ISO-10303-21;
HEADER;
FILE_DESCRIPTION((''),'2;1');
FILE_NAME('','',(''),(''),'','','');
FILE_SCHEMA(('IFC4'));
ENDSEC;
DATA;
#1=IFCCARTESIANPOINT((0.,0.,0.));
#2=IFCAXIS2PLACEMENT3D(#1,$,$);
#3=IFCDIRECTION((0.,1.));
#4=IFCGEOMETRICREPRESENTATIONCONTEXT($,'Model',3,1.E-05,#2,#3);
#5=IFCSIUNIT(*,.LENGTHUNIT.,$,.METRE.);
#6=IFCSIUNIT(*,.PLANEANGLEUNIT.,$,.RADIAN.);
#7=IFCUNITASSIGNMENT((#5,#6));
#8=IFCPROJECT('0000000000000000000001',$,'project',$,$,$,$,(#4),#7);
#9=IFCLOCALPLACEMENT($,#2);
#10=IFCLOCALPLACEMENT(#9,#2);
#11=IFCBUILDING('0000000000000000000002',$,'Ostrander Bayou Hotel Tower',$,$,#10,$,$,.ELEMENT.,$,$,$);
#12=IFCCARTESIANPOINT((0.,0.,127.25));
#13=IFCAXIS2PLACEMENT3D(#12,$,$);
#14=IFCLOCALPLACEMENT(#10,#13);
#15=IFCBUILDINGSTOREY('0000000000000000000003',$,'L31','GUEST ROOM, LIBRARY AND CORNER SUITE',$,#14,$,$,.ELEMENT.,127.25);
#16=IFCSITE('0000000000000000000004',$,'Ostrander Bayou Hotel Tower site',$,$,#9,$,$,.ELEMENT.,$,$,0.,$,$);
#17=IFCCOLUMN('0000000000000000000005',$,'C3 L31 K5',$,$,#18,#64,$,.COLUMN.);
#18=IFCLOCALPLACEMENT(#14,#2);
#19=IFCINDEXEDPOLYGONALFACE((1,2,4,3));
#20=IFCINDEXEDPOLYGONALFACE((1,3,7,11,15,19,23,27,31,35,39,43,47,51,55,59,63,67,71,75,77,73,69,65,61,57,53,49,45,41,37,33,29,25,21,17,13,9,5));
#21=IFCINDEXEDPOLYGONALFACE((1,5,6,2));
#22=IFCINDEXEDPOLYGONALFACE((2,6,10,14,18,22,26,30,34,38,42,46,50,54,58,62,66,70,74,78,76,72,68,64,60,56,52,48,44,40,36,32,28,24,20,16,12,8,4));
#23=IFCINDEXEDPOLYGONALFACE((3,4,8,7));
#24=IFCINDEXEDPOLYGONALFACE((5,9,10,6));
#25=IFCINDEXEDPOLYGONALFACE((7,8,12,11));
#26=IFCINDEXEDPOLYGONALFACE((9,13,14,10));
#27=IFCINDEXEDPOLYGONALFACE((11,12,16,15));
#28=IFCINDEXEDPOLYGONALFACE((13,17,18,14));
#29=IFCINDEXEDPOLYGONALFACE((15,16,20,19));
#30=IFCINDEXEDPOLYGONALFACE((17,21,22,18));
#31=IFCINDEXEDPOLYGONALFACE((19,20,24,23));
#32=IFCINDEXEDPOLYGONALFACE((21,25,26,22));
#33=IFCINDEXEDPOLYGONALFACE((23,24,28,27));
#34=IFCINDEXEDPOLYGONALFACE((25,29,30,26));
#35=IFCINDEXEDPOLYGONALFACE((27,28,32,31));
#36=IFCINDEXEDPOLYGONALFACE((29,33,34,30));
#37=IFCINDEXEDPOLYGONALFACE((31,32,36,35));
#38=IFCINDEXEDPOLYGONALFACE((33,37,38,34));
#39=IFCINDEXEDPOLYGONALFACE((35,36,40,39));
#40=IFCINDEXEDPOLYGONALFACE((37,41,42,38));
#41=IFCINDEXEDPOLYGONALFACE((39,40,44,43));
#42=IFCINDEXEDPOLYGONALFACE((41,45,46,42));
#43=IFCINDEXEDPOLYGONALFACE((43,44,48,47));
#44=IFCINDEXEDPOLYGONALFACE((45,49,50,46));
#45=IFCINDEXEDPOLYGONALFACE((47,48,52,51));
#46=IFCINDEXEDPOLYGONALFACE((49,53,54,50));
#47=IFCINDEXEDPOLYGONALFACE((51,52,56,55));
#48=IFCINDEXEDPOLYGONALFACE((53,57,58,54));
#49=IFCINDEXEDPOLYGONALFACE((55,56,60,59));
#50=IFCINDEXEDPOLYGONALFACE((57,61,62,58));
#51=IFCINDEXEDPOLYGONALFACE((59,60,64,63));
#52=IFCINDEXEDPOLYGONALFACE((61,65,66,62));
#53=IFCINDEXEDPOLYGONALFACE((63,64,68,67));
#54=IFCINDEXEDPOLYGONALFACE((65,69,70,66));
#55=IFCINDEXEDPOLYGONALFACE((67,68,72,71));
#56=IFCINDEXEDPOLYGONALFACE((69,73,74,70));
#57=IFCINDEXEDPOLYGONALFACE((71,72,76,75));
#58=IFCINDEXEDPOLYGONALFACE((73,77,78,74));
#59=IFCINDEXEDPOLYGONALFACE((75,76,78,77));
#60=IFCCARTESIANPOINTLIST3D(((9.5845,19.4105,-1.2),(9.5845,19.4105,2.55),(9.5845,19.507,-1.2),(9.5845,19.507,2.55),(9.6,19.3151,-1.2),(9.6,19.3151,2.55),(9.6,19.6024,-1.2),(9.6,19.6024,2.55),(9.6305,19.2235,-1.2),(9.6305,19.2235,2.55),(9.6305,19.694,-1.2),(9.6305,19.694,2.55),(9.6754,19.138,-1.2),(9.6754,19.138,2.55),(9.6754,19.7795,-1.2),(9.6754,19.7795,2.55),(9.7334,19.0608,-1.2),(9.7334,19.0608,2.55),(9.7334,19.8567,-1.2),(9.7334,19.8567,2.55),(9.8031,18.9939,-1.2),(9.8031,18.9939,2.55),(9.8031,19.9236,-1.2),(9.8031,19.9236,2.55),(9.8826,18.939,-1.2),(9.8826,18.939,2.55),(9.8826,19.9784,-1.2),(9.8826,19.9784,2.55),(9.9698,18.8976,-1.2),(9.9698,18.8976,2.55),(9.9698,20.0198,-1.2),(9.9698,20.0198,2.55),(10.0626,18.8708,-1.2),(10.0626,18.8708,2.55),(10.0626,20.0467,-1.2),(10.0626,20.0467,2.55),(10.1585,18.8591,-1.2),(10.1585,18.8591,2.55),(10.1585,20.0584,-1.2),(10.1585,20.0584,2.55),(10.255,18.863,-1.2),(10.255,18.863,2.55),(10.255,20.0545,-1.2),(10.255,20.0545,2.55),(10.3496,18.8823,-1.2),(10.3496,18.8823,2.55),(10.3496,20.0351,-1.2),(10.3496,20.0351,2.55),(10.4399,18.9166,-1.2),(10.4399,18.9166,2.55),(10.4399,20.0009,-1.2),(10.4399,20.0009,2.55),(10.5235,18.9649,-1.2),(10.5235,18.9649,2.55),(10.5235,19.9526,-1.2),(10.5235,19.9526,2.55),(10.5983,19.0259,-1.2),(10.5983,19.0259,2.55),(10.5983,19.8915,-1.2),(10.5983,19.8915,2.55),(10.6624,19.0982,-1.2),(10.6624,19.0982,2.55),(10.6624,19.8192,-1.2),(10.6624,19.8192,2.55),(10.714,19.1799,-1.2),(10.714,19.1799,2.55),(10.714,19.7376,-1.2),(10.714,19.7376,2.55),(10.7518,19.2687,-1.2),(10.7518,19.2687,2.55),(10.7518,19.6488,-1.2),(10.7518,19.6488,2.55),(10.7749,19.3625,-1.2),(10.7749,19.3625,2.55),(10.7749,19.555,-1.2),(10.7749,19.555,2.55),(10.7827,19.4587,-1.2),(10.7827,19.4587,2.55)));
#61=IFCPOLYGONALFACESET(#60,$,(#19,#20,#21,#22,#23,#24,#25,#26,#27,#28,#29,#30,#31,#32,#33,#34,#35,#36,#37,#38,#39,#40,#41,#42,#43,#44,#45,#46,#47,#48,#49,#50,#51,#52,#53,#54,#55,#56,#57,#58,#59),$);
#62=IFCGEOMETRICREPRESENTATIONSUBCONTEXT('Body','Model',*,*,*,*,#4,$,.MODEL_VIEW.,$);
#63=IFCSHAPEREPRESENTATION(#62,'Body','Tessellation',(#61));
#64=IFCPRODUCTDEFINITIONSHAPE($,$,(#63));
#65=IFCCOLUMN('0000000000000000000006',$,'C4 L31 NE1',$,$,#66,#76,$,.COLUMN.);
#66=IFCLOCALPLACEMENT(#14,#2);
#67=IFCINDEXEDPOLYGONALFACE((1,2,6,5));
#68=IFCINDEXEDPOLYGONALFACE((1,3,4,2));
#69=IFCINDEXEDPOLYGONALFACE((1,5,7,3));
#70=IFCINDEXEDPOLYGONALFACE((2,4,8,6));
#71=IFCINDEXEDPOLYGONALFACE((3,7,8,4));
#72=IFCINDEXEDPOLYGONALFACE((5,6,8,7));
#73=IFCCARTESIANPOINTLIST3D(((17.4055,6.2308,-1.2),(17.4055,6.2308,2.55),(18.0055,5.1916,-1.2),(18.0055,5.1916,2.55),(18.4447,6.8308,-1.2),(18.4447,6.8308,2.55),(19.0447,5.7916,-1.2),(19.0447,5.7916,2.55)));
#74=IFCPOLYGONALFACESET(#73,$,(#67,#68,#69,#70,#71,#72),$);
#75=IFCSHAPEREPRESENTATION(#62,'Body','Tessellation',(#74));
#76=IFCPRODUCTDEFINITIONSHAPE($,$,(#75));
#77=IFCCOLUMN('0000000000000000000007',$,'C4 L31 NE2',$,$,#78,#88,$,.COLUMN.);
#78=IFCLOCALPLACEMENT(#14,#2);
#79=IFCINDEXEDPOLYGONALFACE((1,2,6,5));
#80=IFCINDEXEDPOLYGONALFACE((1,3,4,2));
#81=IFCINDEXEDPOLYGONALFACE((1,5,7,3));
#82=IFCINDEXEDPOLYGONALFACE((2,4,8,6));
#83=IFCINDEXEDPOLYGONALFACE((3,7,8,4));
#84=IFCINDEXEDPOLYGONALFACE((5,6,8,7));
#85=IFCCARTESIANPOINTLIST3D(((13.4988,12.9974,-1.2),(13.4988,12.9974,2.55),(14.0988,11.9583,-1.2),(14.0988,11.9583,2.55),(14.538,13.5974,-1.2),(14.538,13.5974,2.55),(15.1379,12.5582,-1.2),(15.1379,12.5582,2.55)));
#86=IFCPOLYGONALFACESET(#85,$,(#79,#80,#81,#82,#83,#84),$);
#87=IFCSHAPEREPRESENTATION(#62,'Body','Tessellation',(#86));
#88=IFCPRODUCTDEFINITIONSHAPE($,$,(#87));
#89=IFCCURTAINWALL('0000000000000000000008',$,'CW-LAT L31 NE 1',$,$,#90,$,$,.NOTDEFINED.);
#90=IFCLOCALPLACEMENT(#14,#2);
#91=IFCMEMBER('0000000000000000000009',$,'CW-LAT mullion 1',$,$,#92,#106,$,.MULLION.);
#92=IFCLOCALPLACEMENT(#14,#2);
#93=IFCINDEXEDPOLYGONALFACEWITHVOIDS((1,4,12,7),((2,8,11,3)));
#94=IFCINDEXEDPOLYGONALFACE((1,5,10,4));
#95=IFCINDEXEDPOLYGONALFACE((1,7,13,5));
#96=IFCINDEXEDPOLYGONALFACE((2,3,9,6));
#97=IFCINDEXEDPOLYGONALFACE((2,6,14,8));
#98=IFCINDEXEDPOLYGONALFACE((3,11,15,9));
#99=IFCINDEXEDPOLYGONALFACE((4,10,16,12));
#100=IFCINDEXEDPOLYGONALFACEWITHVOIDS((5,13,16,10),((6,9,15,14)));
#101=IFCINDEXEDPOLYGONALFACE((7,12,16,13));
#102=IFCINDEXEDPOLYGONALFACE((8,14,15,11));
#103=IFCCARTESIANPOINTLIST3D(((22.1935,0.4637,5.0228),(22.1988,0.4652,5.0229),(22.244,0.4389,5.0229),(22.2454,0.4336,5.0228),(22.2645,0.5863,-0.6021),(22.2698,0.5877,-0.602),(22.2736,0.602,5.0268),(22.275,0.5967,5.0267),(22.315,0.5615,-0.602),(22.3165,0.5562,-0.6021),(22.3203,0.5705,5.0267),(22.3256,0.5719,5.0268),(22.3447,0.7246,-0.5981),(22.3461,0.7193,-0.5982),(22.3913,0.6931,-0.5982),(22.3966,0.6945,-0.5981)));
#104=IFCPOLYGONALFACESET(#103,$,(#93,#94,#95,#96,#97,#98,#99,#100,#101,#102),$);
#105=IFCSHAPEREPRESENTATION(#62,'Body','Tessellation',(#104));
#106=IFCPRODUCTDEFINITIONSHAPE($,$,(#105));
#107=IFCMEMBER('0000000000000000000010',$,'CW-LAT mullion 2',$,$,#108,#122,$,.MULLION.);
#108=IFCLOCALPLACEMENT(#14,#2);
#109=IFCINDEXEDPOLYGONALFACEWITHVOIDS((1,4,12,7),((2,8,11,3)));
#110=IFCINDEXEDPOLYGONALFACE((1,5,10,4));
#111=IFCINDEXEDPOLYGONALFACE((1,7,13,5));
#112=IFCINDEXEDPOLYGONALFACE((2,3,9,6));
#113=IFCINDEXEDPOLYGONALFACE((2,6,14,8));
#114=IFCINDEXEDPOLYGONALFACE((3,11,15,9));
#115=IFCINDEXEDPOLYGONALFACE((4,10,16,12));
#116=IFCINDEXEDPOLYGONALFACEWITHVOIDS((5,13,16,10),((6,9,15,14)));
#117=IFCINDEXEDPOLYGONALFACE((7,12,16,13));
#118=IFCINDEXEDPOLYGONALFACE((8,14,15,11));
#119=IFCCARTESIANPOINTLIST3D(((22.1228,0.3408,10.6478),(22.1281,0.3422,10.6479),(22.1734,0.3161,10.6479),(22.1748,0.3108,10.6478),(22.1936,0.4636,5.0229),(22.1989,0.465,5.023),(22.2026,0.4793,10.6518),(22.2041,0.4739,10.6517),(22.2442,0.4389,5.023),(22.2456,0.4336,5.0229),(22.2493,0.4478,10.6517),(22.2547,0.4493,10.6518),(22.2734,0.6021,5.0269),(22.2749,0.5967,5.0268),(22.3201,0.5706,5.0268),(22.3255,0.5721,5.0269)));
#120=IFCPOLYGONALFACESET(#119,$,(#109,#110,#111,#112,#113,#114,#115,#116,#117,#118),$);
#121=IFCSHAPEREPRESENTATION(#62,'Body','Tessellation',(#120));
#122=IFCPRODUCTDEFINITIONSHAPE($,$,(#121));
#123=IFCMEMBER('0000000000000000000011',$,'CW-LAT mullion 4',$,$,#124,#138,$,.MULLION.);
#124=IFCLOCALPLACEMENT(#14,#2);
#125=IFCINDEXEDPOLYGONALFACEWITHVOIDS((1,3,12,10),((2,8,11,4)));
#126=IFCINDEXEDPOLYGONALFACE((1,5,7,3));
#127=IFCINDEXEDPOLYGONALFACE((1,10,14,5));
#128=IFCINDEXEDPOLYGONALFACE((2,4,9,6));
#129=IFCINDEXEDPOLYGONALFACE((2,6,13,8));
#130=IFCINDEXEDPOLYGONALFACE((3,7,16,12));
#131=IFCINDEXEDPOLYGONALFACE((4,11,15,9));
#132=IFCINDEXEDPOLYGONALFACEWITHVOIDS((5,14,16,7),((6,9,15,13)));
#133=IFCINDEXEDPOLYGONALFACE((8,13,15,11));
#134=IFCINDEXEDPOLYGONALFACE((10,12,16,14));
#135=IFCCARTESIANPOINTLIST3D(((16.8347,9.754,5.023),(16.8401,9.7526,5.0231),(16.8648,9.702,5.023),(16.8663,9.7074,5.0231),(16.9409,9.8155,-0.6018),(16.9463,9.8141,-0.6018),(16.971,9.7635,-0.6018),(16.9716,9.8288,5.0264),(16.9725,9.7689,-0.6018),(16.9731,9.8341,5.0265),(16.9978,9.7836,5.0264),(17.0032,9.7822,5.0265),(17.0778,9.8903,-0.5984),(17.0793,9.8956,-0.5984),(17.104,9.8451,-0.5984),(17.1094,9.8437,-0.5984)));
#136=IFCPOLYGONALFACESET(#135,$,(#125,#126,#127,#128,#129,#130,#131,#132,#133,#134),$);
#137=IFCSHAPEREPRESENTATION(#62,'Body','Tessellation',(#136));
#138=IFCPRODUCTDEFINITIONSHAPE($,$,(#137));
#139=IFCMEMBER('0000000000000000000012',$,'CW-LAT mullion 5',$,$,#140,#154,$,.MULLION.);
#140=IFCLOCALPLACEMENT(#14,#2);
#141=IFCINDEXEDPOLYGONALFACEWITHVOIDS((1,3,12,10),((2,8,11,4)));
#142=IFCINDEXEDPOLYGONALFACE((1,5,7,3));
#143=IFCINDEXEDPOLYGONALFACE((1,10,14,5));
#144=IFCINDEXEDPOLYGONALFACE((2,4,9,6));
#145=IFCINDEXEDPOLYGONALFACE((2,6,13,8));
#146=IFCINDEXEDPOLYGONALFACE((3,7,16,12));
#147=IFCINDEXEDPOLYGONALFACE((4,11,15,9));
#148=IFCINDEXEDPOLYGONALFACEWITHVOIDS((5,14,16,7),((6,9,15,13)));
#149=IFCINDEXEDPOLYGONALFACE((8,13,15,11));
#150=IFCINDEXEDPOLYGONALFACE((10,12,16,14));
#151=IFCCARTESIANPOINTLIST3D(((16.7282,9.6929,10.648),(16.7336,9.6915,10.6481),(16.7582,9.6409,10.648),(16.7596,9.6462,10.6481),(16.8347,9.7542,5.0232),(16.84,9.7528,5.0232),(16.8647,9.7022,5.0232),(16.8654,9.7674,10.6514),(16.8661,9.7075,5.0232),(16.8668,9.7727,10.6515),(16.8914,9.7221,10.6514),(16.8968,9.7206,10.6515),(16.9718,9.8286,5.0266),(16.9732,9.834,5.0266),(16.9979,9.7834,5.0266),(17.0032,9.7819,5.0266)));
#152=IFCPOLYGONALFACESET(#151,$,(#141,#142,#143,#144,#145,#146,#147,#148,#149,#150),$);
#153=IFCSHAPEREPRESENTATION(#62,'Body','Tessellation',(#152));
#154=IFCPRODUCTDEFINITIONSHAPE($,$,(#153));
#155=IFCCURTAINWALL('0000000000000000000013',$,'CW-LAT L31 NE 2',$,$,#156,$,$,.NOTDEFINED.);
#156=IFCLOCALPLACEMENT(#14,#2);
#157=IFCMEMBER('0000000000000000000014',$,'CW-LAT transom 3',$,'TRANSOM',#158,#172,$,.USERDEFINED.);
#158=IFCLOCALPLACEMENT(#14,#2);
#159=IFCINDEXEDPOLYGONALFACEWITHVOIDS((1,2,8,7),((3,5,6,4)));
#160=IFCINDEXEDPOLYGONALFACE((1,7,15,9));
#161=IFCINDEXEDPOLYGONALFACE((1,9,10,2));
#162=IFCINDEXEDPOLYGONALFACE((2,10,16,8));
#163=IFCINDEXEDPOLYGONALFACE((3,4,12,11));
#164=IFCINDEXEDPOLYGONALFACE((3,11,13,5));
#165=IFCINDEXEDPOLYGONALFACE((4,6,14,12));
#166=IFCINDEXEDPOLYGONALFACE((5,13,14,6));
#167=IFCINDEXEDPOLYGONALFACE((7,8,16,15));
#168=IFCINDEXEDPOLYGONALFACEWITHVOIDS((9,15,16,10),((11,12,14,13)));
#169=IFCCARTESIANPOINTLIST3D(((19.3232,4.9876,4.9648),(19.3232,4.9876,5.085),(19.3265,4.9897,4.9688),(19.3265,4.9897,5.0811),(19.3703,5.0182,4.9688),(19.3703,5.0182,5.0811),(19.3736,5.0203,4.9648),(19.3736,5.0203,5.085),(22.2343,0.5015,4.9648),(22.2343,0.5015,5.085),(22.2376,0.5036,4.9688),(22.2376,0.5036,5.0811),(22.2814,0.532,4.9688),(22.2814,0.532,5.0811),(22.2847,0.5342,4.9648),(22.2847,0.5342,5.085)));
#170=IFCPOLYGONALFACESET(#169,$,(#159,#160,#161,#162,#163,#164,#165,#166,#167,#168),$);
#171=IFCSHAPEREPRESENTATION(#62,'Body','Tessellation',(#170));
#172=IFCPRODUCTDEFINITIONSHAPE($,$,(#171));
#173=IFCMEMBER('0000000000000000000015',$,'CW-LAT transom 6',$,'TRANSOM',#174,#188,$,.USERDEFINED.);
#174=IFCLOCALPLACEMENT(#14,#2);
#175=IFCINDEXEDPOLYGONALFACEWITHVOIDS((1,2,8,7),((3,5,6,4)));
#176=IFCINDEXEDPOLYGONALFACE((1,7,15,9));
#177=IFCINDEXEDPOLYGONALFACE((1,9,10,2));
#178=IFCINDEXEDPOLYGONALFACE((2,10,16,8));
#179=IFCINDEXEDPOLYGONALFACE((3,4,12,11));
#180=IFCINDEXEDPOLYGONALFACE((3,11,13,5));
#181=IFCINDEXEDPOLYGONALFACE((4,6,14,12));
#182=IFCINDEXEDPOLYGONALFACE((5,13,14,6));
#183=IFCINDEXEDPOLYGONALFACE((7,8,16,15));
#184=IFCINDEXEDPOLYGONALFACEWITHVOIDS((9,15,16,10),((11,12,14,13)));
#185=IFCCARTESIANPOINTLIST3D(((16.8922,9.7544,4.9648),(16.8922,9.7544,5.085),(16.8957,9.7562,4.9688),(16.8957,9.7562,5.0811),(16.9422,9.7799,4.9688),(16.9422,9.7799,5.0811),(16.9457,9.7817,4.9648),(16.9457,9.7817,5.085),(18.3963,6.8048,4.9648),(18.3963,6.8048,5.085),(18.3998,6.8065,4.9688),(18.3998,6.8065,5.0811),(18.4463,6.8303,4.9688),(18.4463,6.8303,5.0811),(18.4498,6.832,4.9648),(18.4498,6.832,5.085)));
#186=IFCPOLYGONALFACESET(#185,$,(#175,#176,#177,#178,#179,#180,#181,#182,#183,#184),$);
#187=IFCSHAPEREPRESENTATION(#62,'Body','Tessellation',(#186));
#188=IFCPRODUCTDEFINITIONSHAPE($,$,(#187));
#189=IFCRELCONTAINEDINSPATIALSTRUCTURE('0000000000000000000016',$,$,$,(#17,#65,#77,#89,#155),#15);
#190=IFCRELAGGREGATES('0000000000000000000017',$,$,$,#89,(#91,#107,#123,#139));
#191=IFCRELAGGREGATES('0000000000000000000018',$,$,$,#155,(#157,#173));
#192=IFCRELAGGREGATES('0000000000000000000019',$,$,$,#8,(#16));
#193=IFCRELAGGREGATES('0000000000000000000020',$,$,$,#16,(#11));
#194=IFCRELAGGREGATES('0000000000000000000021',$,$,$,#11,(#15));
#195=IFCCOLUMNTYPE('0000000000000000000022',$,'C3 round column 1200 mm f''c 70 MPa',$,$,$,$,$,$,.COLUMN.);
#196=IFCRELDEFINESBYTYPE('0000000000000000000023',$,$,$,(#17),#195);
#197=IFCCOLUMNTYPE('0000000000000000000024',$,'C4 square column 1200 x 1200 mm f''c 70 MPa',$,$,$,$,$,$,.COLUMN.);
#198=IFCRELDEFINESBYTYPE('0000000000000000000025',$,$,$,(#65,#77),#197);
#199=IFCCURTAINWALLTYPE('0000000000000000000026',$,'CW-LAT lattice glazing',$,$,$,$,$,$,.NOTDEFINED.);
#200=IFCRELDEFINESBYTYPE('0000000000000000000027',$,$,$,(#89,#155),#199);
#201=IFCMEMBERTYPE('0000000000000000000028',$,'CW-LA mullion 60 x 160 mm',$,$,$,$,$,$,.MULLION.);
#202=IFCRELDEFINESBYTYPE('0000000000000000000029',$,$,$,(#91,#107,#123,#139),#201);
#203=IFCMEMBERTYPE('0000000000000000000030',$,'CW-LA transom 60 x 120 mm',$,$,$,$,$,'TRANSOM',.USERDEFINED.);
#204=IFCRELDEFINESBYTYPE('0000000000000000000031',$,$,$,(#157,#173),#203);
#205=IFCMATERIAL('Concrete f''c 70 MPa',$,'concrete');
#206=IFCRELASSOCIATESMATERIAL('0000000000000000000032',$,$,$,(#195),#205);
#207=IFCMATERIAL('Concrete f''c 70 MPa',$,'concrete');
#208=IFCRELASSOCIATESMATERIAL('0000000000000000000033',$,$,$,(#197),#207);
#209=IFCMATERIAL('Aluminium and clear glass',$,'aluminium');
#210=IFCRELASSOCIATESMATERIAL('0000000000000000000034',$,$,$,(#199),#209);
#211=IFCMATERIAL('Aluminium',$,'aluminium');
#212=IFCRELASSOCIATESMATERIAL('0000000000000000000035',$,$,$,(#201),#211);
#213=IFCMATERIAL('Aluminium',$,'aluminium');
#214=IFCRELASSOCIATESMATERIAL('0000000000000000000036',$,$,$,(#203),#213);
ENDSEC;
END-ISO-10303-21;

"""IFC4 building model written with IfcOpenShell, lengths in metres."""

from ifc_helpers import new_model, si_unit, direction, frame, origin, origin_2d, place, context, subcontext, project, spatial, rectangle, hollow_rectangle, circle, extrude, material, material_profile, profile_set, type_object, element, aggregate, save


model = new_model("IFC4")

# Units and contexts
model_context = context("Model", 3, precision=1e-05, world=origin(), true_north=direction((0.0, 1.0)))
body_context = subcontext(model_context, "Body", "Model", "MODEL_VIEW")
ifc_project = project(units=[si_unit("LENGTHUNIT", "METRE"), si_unit("PLANEANGLEUNIT", "RADIAN")], contexts=[model_context])

# Site, building, storey
site_placement = place(None, origin())
site = spatial("IfcSite", under=ifc_project, at=site_placement, Name="Ostrander Bayou Hotel Tower site", CompositionType="ELEMENT", RefElevation=0.0)
building_placement = place(site_placement, origin())
building = spatial("IfcBuilding", under=site, at=building_placement, Name="Ostrander Bayou Hotel Tower", CompositionType="ELEMENT")
storey_placement = place(building_placement, frame((0.0, 0.0, 127.25)))
storey = spatial("IfcBuildingStorey", under=building, at=storey_placement, Name="L31", Description="GUEST ROOM, LIBRARY AND CORNER SUITE", CompositionType="ELEMENT", Elevation=127.25)

# Columns
ifc_material_1 = material(Name="Concrete f'c 70 MPa", Category="concrete")
ifc_material_profile_1 = material_profile(ifc_material_1, circle(Radius=0.6001, at=origin_2d()))
ifc_profile_set_1 = profile_set([ifc_material_profile_1], Name="Concrete f'c 70 MPa")
column_type_1 = type_object("IfcColumnType", Name="C3 round column 1200 mm f'c 70 MPa", PredefinedType="COLUMN", material=ifc_profile_set_1)
column_placement = place(storey_placement, frame((10.1826, 19.4587, -1.2), z_axis=(0.0, 0.0, 1.0), x_axis=(1.0, 0.0, 0.0)))
element("IfcColumn", 1, at=column_placement, inside=storey, type_object=column_type_1, Name="C3 L31 K5", PredefinedType="COLUMN", context=body_context, shape_type="SweptSolid", body=[
    extrude(circle(Radius=0.6001, at=origin_2d()), origin(), (0.0, 0.0, 1.0), 3.75),
])
ifc_material_2 = material(Name="Concrete f'c 70 MPa", Category="concrete")
ifc_material_profile_2 = material_profile(ifc_material_2, rectangle(XDim=1.2, YDim=1.2, at=origin_2d()))
ifc_profile_set_2 = profile_set([ifc_material_profile_2], Name="Concrete f'c 70 MPa")
column_type_2 = type_object("IfcColumnType", Name="C4 square column 1200 x 1200 mm f'c 70 MPa", PredefinedType="COLUMN", material=ifc_profile_set_2)
for number, where, z_axis, x_axis, name in (
    (2, (18.2251, 6.0112, -1.2), (0.0, 0.0, 1.0), (0.5, -0.866025, 0.0), "C4 L31 NE1"),
    (3, (14.3184, 12.7778, -1.2), (0.0, 0.0, 1.0), (0.5, -0.866025, 0.0), "C4 L31 NE2"),
):
    element("IfcColumn", number, at=place(storey_placement, frame(where, z_axis=z_axis, x_axis=x_axis)), inside=storey, type_object=column_type_2, Name=name, PredefinedType="COLUMN", context=body_context, shape_type="SweptSolid", body=[
        extrude(rectangle(XDim=1.2, YDim=1.2, at=origin_2d()), origin(), (0.0, 0.0, 1.0), 3.75),
    ])

# Curtain walls, members
ifc_material_3 = material(Name="Aluminium and clear glass", Category="aluminium")
curtain_wall_type = type_object("IfcCurtainWallType", Name="CW-LAT lattice glazing", PredefinedType="NOTDEFINED", material=ifc_material_3)
curtain_wall_1_placement = place(storey_placement, origin())
curtain_wall_1 = element("IfcCurtainWall", 4, at=curtain_wall_1_placement, inside=storey, type_object=curtain_wall_type, Name="CW-LAT L31 NE 1", PredefinedType="NOTDEFINED")
ifc_material_4 = material(Name="Aluminium", Category="aluminium")
ifc_material_profile_3 = material_profile(ifc_material_4, hollow_rectangle(XDim=0.0601, YDim=0.1599, WallThickness=0.0039, at=origin_2d()))
ifc_profile_set_3 = profile_set([ifc_material_profile_3], Name="Aluminium")
member_type_1 = type_object("IfcMemberType", Name="CW-LA mullion 60 x 160 mm", PredefinedType="MULLION", material=ifc_profile_set_3)
member_1_placement = place(storey_placement, frame((22.3306, 0.6404, -0.6001), z_axis=(-0.012626, -0.021781, 0.999683), x_axis=(0.865151, -0.501512, 0.0)))
member_1 = element("IfcMember", 5, at=member_1_placement, type_object=member_type_1, Name="CW-LAT mullion 1", PredefinedType="MULLION", context=body_context, shape_type="SweptSolid", body=[
    extrude(hollow_rectangle(XDim=0.0601, YDim=0.1599, WallThickness=0.0039, at=origin_2d()), origin(), (0.0, 0.0, 1.0), 5.6267),
])
member_2_placement = place(storey_placement, frame((22.2595, 0.5178, 5.0249), z_axis=(-0.012583, -0.021825, 0.999683), x_axis=(0.866329, -0.499474, 0.0)))
member_2 = element("IfcMember", 6, at=member_2_placement, type_object=member_type_1, Name="CW-LAT mullion 2", PredefinedType="MULLION", context=body_context, shape_type="SweptSolid", body=[
    extrude(hollow_rectangle(XDim=0.0601, YDim=0.1599, WallThickness=0.0039, at=origin_2d()), origin(), (0.0, 0.0, 1.0), 5.6267),
])
member_3_placement = place(storey_placement, frame((17.0251, 9.8296, -0.6001), z_axis=(-0.018876, -0.010935, 0.999762), x_axis=(0.501271, -0.86529, 0.0)))
member_3 = element("IfcMember", 7, at=member_3_placement, type_object=member_type_1, Name="CW-LAT mullion 4", PredefinedType="MULLION", context=body_context, shape_type="SweptSolid", body=[
    extrude(hollow_rectangle(XDim=0.0601, YDim=0.1599, WallThickness=0.0039, at=origin_2d()), origin(), (0.0, 0.0, 1.0), 5.6262),
])
member_4_placement = place(storey_placement, frame((16.9189, 9.7681, 5.0249), z_axis=(-0.018919, -0.010892, 0.999762), x_axis=(0.498919, -0.866649, 0.0)))
member_4 = element("IfcMember", 8, at=member_4_placement, type_object=member_type_1, Name="CW-LAT mullion 5", PredefinedType="MULLION", context=body_context, shape_type="SweptSolid", body=[
    extrude(hollow_rectangle(XDim=0.0601, YDim=0.1599, WallThickness=0.0039, at=origin_2d()), origin(), (0.0, 0.0, 1.0), 5.6262),
])
curtain_wall_2_placement = place(storey_placement, origin())
curtain_wall_2 = element("IfcCurtainWall", 9, at=curtain_wall_2_placement, inside=storey, type_object=curtain_wall_type, Name="CW-LAT L31 NE 2", PredefinedType="NOTDEFINED")
ifc_material_5 = material(Name="Aluminium", Category="aluminium")
ifc_material_profile_4 = material_profile(ifc_material_5, hollow_rectangle(XDim=0.0601, YDim=0.1201, WallThickness=0.0039, at=origin_2d()))
ifc_profile_set_4 = profile_set([ifc_material_profile_4], Name="Aluminium")
member_type_2 = type_object("IfcMemberType", Name="CW-LA transom 60 x 120 mm", ElementType="TRANSOM", PredefinedType="USERDEFINED", material=ifc_profile_set_4)
member_5_placement = place(storey_placement, frame((22.2595, 0.5178, 5.0249), z_axis=(-0.544354, 0.838855, 0.0), x_axis=(-0.838855, -0.544354, 0.0)))
member_5 = element("IfcMember", 10, at=member_5_placement, type_object=member_type_2, Name="CW-LAT transom 3", ObjectType="TRANSOM", PredefinedType="USERDEFINED", context=body_context, shape_type="SweptSolid", body=[
    extrude(hollow_rectangle(XDim=0.0601, YDim=0.1201, WallThickness=0.0039, at=origin_2d()), origin(), (0.0, 0.0, 1.0), 5.3479),
])
member_6_placement = place(storey_placement, frame((16.9189, 9.7681, 5.0249), z_axis=(0.454278, -0.89086, 0.0), x_axis=(0.89086, 0.454278, 0.0)))
member_6 = element("IfcMember", 11, at=member_6_placement, type_object=member_type_2, Name="CW-LAT transom 6", ObjectType="TRANSOM", PredefinedType="USERDEFINED", context=body_context, shape_type="SweptSolid", body=[
    extrude(hollow_rectangle(XDim=0.0601, YDim=0.1201, WallThickness=0.0039, at=origin_2d()), origin(), (0.0, 0.0, 1.0), 3.311),
])

aggregate(curtain_wall_1, [member_1, member_2, member_3, member_4])
aggregate(curtain_wall_2, [member_5, member_6])

save(model, "model.ifc")
